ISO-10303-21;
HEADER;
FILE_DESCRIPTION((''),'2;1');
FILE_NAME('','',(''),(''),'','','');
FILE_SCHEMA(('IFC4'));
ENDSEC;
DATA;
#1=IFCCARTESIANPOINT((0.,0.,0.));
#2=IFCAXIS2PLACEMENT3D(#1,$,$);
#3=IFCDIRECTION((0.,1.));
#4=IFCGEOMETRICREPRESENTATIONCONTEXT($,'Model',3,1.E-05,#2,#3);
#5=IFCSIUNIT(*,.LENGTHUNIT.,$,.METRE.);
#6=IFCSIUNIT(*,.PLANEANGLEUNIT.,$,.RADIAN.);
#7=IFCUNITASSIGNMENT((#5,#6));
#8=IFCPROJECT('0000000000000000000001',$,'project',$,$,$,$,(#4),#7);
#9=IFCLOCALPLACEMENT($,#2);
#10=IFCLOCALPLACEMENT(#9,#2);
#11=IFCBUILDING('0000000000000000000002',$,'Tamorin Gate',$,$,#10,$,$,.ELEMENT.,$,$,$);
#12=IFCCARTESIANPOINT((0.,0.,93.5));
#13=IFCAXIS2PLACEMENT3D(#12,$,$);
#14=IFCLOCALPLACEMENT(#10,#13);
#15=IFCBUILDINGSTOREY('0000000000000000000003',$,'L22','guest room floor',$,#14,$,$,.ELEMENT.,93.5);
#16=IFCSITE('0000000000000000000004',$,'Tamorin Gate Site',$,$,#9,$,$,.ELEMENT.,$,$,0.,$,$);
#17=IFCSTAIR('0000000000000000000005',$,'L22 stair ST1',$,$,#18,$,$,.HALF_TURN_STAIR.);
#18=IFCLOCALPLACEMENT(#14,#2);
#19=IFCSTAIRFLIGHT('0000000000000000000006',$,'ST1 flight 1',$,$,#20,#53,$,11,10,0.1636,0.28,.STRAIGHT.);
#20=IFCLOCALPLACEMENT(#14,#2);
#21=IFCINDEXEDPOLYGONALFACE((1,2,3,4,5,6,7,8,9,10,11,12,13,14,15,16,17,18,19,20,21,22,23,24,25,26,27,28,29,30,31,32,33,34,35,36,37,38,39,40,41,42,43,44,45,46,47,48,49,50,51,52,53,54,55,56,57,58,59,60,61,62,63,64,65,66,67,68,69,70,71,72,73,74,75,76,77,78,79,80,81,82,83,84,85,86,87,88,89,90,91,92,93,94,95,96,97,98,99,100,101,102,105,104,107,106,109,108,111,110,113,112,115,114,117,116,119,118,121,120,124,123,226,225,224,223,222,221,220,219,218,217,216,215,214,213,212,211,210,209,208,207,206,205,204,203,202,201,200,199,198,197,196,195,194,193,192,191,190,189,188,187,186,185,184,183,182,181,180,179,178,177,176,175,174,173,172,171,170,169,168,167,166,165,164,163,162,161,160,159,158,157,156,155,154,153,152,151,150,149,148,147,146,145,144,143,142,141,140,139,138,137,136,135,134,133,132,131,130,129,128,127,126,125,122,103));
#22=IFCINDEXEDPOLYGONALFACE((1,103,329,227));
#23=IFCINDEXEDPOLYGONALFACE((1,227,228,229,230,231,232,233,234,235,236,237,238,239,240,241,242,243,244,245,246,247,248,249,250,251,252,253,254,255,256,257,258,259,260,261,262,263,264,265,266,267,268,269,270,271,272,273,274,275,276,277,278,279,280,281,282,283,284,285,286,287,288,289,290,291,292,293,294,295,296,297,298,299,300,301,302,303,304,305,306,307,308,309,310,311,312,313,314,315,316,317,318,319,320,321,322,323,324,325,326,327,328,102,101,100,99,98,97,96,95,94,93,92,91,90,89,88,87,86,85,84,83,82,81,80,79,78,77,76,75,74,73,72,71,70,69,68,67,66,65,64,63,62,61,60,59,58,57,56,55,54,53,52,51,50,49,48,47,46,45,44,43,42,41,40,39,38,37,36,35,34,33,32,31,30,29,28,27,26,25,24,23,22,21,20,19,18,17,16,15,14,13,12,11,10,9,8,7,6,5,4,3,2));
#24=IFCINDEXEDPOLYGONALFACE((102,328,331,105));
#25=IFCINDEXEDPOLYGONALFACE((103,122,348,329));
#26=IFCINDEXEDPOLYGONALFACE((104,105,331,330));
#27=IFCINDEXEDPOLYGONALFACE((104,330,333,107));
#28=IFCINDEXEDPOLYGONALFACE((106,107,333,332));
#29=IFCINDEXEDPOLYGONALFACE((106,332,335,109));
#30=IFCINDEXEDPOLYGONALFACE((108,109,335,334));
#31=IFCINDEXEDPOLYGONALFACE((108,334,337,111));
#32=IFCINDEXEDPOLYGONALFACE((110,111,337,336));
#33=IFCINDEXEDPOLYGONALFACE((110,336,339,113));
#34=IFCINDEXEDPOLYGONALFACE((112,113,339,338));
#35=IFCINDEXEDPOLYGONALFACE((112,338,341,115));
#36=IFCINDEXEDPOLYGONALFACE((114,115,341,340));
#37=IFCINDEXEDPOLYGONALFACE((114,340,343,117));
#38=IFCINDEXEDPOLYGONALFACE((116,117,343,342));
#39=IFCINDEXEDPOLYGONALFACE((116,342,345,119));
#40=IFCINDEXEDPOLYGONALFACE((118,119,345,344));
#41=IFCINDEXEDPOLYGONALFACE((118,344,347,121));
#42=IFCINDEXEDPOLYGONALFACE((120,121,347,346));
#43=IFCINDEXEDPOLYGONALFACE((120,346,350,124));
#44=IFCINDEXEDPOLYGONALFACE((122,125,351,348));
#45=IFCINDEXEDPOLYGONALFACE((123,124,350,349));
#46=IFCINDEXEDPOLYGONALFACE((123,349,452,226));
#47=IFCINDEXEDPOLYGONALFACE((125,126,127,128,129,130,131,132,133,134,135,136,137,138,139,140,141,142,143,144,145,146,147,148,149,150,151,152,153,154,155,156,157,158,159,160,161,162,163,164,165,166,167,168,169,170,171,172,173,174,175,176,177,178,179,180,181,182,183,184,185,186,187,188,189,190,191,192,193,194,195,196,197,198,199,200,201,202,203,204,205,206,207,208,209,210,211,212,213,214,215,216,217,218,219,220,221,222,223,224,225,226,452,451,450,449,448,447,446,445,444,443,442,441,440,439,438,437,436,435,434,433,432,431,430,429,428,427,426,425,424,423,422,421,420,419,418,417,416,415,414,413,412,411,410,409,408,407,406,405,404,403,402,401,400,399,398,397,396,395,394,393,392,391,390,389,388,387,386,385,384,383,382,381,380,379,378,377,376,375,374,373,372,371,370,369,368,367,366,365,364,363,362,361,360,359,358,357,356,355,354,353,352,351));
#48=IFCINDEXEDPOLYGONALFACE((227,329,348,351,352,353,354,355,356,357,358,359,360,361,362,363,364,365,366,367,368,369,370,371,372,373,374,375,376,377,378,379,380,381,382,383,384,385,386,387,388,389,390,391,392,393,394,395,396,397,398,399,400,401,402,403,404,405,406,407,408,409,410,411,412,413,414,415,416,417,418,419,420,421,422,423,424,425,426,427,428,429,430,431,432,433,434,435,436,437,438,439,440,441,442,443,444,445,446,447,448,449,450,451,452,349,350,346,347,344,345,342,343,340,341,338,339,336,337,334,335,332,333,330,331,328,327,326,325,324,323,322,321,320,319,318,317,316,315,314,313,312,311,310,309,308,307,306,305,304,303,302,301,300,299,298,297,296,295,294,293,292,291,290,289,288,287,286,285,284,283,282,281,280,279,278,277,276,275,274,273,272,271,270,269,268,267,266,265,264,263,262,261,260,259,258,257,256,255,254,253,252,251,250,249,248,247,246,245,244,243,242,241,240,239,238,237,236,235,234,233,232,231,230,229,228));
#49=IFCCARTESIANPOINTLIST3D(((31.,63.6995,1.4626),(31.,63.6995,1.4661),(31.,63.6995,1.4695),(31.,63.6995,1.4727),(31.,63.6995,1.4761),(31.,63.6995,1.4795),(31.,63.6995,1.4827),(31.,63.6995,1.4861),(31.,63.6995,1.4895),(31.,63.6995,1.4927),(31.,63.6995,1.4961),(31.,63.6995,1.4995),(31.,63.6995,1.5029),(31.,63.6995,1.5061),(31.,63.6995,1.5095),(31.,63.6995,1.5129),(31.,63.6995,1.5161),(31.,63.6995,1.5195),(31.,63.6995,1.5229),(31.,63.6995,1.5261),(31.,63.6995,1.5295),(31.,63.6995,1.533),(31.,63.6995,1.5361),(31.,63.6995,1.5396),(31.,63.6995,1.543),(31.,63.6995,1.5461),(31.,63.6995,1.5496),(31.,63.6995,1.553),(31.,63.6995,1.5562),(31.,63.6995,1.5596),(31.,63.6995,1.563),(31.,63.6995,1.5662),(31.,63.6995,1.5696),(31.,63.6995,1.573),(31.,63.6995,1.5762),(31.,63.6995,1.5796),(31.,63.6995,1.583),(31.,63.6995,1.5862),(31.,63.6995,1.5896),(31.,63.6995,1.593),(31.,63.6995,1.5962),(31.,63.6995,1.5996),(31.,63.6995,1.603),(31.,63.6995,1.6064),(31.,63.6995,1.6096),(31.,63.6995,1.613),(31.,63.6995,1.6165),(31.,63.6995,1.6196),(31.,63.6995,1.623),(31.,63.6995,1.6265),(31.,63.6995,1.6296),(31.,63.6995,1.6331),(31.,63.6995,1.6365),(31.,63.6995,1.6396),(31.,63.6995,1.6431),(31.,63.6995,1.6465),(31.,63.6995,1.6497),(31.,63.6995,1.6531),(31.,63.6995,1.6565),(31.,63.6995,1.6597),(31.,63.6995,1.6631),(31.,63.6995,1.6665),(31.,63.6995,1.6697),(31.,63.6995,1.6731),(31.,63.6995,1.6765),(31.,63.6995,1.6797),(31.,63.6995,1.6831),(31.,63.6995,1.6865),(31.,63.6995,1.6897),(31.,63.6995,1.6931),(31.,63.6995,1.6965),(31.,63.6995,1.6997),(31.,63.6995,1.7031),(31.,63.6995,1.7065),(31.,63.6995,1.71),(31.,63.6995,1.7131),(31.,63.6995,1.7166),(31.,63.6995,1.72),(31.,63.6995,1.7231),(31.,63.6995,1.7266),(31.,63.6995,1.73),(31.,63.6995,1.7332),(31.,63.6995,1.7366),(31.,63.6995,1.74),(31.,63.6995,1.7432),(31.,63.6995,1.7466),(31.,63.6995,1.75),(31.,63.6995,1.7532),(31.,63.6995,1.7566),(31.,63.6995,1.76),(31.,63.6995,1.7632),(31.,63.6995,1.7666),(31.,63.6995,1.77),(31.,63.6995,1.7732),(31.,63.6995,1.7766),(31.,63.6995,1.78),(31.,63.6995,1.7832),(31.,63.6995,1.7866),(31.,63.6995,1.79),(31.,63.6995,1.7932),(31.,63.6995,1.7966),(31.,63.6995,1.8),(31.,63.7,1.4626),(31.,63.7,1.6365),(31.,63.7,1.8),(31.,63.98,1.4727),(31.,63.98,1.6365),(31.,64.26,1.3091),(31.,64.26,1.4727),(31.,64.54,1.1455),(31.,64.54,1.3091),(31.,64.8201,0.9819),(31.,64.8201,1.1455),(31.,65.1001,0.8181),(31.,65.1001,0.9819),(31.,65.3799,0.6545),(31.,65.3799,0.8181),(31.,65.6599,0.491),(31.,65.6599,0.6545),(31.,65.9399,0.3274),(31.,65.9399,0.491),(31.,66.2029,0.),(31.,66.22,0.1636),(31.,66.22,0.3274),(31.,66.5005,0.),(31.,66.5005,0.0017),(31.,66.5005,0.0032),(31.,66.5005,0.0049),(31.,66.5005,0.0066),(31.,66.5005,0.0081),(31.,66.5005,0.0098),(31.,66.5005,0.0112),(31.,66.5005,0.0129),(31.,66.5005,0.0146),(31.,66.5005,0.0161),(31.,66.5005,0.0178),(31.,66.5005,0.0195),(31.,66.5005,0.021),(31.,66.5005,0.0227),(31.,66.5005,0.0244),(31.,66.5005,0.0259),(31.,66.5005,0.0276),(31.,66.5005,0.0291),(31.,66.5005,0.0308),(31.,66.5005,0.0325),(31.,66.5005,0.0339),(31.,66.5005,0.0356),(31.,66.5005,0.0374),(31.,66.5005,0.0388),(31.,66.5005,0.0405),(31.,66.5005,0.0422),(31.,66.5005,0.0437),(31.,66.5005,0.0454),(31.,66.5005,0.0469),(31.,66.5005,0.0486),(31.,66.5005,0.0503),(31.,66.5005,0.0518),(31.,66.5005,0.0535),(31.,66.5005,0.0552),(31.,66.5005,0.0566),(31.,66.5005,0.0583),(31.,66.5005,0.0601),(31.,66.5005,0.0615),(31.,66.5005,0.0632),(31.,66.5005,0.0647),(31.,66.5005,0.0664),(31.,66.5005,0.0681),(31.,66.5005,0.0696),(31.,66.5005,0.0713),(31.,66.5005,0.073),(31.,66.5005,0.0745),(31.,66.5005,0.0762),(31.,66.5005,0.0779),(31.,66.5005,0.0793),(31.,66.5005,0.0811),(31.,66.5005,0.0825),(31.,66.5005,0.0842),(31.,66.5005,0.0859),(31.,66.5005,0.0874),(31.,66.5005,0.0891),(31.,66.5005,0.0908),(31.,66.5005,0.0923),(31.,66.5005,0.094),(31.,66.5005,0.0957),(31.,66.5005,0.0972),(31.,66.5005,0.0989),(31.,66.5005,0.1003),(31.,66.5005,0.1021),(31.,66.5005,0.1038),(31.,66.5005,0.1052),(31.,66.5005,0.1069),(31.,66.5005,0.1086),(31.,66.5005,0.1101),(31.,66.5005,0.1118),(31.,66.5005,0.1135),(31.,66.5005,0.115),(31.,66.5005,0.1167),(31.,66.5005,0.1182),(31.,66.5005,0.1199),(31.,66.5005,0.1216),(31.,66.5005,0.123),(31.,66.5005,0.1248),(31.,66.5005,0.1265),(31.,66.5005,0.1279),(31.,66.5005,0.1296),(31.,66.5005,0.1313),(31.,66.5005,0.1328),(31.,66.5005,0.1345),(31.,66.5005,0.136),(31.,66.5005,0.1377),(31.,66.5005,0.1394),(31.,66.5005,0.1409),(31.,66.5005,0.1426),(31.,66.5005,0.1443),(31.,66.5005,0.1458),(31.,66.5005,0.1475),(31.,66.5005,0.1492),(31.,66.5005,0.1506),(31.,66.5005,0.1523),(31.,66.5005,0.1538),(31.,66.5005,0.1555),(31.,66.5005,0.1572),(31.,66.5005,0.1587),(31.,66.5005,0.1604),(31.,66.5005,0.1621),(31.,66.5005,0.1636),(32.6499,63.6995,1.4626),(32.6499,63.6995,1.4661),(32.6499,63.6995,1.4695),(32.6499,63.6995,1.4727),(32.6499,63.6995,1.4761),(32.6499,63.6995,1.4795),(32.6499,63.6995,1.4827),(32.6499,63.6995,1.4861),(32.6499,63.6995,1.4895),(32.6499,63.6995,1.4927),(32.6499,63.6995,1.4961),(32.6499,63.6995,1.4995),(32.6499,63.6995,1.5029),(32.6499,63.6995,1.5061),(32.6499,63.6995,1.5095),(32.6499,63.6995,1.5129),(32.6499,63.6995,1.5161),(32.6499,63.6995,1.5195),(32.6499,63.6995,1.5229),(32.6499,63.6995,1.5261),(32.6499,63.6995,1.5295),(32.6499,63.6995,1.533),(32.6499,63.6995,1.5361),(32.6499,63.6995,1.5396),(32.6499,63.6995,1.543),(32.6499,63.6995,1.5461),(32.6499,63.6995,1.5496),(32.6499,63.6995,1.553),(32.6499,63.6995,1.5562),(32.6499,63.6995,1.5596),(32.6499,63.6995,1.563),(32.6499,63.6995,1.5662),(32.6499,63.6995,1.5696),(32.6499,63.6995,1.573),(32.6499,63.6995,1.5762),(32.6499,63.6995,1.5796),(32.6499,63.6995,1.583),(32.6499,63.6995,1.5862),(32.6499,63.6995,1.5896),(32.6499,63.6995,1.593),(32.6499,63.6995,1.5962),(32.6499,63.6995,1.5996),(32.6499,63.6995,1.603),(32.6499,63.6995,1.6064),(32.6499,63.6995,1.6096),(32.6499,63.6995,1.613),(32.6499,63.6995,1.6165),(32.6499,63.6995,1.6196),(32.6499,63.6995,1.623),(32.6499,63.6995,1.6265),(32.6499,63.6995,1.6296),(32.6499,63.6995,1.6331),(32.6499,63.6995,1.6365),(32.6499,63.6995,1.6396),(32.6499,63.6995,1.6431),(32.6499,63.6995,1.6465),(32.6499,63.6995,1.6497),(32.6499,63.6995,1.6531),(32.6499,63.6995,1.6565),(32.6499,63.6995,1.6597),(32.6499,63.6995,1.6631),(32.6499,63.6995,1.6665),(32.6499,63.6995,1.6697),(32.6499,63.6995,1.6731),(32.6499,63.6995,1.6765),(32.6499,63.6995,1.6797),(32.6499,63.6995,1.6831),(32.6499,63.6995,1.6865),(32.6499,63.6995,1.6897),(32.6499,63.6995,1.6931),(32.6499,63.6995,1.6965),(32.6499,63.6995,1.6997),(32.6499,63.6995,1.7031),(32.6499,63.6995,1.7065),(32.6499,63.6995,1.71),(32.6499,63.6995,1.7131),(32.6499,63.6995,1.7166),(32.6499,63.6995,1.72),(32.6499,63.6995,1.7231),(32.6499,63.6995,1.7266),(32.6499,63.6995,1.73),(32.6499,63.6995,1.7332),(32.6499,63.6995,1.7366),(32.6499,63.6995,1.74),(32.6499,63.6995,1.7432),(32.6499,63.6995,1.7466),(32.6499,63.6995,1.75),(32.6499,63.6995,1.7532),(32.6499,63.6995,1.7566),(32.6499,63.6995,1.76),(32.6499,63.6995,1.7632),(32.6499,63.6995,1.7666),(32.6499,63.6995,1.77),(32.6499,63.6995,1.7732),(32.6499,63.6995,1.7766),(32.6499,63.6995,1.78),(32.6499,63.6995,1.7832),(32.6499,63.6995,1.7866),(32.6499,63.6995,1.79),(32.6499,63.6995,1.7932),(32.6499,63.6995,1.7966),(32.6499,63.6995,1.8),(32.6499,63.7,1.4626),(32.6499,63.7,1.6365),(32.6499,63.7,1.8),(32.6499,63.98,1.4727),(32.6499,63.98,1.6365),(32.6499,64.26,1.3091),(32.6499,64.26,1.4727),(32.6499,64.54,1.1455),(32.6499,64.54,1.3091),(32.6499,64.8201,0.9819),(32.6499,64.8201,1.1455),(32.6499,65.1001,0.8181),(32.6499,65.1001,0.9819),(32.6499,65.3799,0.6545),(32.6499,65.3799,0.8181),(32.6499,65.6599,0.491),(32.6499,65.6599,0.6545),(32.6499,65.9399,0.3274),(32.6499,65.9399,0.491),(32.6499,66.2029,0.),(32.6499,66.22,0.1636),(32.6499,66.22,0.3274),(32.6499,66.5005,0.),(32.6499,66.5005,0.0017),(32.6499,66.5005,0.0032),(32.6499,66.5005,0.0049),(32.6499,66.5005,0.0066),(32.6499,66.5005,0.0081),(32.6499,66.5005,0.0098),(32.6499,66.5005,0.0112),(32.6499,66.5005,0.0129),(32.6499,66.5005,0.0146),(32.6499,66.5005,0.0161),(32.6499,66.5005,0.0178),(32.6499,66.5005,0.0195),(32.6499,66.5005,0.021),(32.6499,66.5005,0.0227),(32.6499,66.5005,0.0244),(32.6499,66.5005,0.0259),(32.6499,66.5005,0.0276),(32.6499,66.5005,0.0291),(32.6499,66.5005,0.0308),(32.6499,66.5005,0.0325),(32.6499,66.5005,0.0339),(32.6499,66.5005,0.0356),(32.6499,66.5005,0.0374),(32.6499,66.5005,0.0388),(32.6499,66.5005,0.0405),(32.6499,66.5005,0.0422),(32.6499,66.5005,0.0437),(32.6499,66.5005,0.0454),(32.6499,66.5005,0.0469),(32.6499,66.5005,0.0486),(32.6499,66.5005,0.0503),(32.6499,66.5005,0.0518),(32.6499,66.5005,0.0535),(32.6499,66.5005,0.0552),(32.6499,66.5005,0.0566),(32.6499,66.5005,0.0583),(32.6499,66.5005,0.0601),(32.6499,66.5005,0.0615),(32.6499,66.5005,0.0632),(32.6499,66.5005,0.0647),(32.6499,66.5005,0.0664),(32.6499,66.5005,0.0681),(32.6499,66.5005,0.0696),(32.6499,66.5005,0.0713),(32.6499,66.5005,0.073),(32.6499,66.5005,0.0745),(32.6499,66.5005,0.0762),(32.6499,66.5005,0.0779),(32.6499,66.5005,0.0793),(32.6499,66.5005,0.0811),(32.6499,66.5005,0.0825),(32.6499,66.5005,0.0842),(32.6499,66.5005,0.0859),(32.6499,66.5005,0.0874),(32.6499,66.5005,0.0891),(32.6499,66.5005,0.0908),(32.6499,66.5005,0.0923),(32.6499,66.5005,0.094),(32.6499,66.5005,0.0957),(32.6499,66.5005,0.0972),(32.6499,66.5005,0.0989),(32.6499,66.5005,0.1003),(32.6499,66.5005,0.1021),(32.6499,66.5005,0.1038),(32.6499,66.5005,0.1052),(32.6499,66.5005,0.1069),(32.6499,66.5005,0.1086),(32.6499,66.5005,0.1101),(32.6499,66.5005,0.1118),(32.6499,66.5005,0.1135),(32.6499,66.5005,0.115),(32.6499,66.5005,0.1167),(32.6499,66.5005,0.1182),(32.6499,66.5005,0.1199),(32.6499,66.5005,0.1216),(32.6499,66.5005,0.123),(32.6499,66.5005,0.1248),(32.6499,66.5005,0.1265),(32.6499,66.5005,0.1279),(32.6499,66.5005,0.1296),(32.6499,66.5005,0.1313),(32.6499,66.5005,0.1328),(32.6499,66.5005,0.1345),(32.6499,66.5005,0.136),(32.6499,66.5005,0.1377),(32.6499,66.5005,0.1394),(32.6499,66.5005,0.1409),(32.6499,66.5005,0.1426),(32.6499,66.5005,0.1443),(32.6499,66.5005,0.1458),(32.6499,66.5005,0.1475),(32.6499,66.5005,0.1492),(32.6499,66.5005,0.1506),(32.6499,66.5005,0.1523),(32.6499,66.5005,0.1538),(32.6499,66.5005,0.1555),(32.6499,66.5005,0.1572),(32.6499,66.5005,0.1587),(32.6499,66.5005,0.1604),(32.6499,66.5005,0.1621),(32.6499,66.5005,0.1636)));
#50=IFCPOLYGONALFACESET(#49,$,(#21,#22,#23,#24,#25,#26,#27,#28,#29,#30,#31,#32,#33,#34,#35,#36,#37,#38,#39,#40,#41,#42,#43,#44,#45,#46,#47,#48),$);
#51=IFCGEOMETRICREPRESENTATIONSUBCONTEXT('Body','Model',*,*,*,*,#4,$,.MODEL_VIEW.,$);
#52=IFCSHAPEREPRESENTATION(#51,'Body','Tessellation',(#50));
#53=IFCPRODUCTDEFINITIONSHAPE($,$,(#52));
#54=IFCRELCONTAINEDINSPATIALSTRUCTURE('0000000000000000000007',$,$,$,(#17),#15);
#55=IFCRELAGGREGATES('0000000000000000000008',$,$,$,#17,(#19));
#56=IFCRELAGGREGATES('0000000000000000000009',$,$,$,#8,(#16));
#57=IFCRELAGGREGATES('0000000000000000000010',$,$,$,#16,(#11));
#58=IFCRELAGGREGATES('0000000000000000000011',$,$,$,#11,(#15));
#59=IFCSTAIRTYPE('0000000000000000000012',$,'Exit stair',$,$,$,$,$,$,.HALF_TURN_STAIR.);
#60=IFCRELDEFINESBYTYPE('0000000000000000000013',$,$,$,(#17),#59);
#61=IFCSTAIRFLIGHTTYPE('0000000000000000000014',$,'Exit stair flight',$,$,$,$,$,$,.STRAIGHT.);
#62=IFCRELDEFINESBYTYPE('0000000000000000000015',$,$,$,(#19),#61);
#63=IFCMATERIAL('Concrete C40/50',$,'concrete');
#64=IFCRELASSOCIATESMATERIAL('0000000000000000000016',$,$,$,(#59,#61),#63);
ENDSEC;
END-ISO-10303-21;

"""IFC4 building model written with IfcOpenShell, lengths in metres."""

from ifc_helpers import new_model, si_unit, direction, frame, origin, place, context, subcontext, project, spatial, polyline, outline, extrude, material, type_object, element, aggregate, save


model = new_model("IFC4")

# Units and contexts
model_context = context("Model", 3, precision=1e-05, world=origin(), true_north=direction((0.0, 1.0)))
body_context = subcontext(model_context, "Body", "Model", "MODEL_VIEW")
ifc_project = project(units=[si_unit("LENGTHUNIT", "METRE"), si_unit("PLANEANGLEUNIT", "RADIAN")], contexts=[model_context])

# Site, building, storey
site_placement = place(None, origin())
site = spatial("IfcSite", under=ifc_project, at=site_placement, Name="Tamorin Gate Site", CompositionType="ELEMENT", RefElevation=0.0)
building_placement = place(site_placement, origin())
building = spatial("IfcBuilding", under=site, at=building_placement, Name="Tamorin Gate", CompositionType="ELEMENT")
storey_placement = place(building_placement, frame((0.0, 0.0, 93.5)))
storey = spatial("IfcBuildingStorey", under=building, at=storey_placement, Name="L22", Description="guest room floor", CompositionType="ELEMENT", Elevation=93.5)

# Shared definitions
ifc_material_1 = material(Name="Concrete C40/50", Category="concrete")

# Stair, stair flight
stair_type = type_object("IfcStairType", Name="Exit stair", PredefinedType="HALF_TURN_STAIR", material=ifc_material_1)
stair_placement = place(storey_placement, origin())
stair = element("IfcStair", 1, at=stair_placement, inside=storey, type_object=stair_type, Name="L22 stair ST1", PredefinedType="HALF_TURN_STAIR")
stair_flight_type = type_object("IfcStairFlightType", Name="Exit stair flight", PredefinedType="STRAIGHT", material=ifc_material_1)
stair_flight_1_placement = place(storey_placement, frame((31.825, 66.5, 0.0), z_axis=(0.0, 0.0, 1.0), x_axis=(0.0, -1.0, 0.0)))
stair_flight_1 = element("IfcStairFlight", 2, at=stair_flight_1_placement, type_object=stair_flight_type, Name="ST1 flight 1", NumberOfRisers=11, NumberOfTreads=10, PredefinedType="STRAIGHT", RiserHeight=0.1636, TreadLength=0.28, context=body_context, shape_type="SweptSolid", body=[
    extrude(outline(polyline([(-0.0005, 0.0), (-0.0005, 0.0017), (-0.0005, 0.0032), (-0.0005, 0.0049), (-0.0005, 0.0066), (-0.0005, 0.0081), (-0.0005, 0.0098), (-0.0005, 0.0112), (-0.0005, 0.0129), (-0.0005, 0.0146), (-0.0005, 0.0161), (-0.0005, 0.0178), (-0.0005, 0.0195), (-0.0005, 0.021), (-0.0005, 0.0227), (-0.0005, 0.0244), (-0.0005, 0.0259), (-0.0005, 0.0276), (-0.0005, 0.0291), (-0.0005, 0.0308), (-0.0005, 0.0325), (-0.0005, 0.0339), (-0.0005, 0.0356), (-0.0005, 0.0374), (-0.0005, 0.0388), (-0.0005, 0.0405), (-0.0005, 0.0422), (-0.0005, 0.0437), (-0.0005, 0.0454), (-0.0005, 0.0469), (-0.0005, 0.0486), (-0.0005, 0.0503), (-0.0005, 0.0518), (-0.0005, 0.0535), (-0.0005, 0.0552), (-0.0005, 0.0566), (-0.0005, 0.0583), (-0.0005, 0.0601), (-0.0005, 0.0615), (-0.0005, 0.0632), (-0.0005, 0.0647), (-0.0005, 0.0664), (-0.0005, 0.0681), (-0.0005, 0.0696), (-0.0005, 0.0713), (-0.0005, 0.073), (-0.0005, 0.0745), (-0.0005, 0.0762), (-0.0005, 0.0779), (-0.0005, 0.0793), (-0.0005, 0.0811), (-0.0005, 0.0825), (-0.0005, 0.0842), (-0.0005, 0.0859), (-0.0005, 0.0874), (-0.0005, 0.0891), (-0.0005, 0.0908), (-0.0005, 0.0923), (-0.0005, 0.094), (-0.0005, 0.0957), (-0.0005, 0.0972), (-0.0005, 0.0989), (-0.0005, 0.1003), (-0.0005, 0.1021), (-0.0005, 0.1038), (-0.0005, 0.1052), (-0.0005, 0.1069), (-0.0005, 0.1086), (-0.0005, 0.1101), (-0.0005, 0.1118), (-0.0005, 0.1135), (-0.0005, 0.115), (-0.0005, 0.1167), (-0.0005, 0.1182), (-0.0005, 0.1199), (-0.0005, 0.1216), (-0.0005, 0.123), (-0.0005, 0.1248), (-0.0005, 0.1265), (-0.0005, 0.1279), (-0.0005, 0.1296), (-0.0005, 0.1313), (-0.0005, 0.1328), (-0.0005, 0.1345), (-0.0005, 0.136), (-0.0005, 0.1377), (-0.0005, 0.1394), (-0.0005, 0.1409), (-0.0005, 0.1426), (-0.0005, 0.1443), (-0.0005, 0.1458), (-0.0005, 0.1475), (-0.0005, 0.1492), (-0.0005, 0.1506), (-0.0005, 0.1523), (-0.0005, 0.1538), (-0.0005, 0.1555), (-0.0005, 0.1572), (-0.0005, 0.1587), (-0.0005, 0.1604), (-0.0005, 0.1621), (-0.0005, 0.1636), (0.28, 0.1636), (0.28, 0.3274), (0.5601, 0.3274), (0.5601, 0.491), (0.8401, 0.491), (0.8401, 0.6545), (1.1201, 0.6545), (1.1201, 0.8181), (1.3999, 0.8181), (1.3999, 0.9819), (1.6799, 0.9819), (1.6799, 1.1455), (1.96, 1.1455), (1.96, 1.3091), (2.24, 1.3091), (2.24, 1.4727), (2.52, 1.4727), (2.52, 1.6365), (2.8, 1.6365), (2.8, 1.8), (2.8005, 1.8), (2.8005, 1.7966), (2.8005, 1.7932), (2.8005, 1.79), (2.8005, 1.7866), (2.8005, 1.7832), (2.8005, 1.78), (2.8005, 1.7766), (2.8005, 1.7732), (2.8005, 1.77), (2.8005, 1.7666), (2.8005, 1.7632), (2.8005, 1.76), (2.8005, 1.7566), (2.8005, 1.7532), (2.8005, 1.75), (2.8005, 1.7466), (2.8005, 1.7432), (2.8005, 1.74), (2.8005, 1.7366), (2.8005, 1.7332), (2.8005, 1.73), (2.8005, 1.7266), (2.8005, 1.7231), (2.8005, 1.72), (2.8005, 1.7166), (2.8005, 1.7131), (2.8005, 1.71), (2.8005, 1.7065), (2.8005, 1.7031), (2.8005, 1.6997), (2.8005, 1.6965), (2.8005, 1.6931), (2.8005, 1.6897), (2.8005, 1.6865), (2.8005, 1.6831), (2.8005, 1.6797), (2.8005, 1.6765), (2.8005, 1.6731), (2.8005, 1.6697), (2.8005, 1.6665), (2.8005, 1.6631), (2.8005, 1.6597), (2.8005, 1.6565), (2.8005, 1.6531), (2.8005, 1.6497), (2.8005, 1.6465), (2.8005, 1.6431), (2.8005, 1.6396), (2.8005, 1.6365), (2.8005, 1.6331), (2.8005, 1.6296), (2.8005, 1.6265), (2.8005, 1.623), (2.8005, 1.6196), (2.8005, 1.6165), (2.8005, 1.613), (2.8005, 1.6096), (2.8005, 1.6064), (2.8005, 1.603), (2.8005, 1.5996), (2.8005, 1.5962), (2.8005, 1.593), (2.8005, 1.5896), (2.8005, 1.5862), (2.8005, 1.583), (2.8005, 1.5796), (2.8005, 1.5762), (2.8005, 1.573), (2.8005, 1.5696), (2.8005, 1.5662), (2.8005, 1.563), (2.8005, 1.5596), (2.8005, 1.5562), (2.8005, 1.553), (2.8005, 1.5496), (2.8005, 1.5461), (2.8005, 1.543), (2.8005, 1.5396), (2.8005, 1.5361), (2.8005, 1.533), (2.8005, 1.5295), (2.8005, 1.5261), (2.8005, 1.5229), (2.8005, 1.5195), (2.8005, 1.5161), (2.8005, 1.5129), (2.8005, 1.5095), (2.8005, 1.5061), (2.8005, 1.5029), (2.8005, 1.4995), (2.8005, 1.4961), (2.8005, 1.4927), (2.8005, 1.4895), (2.8005, 1.4861), (2.8005, 1.4827), (2.8005, 1.4795), (2.8005, 1.4761), (2.8005, 1.4727), (2.8005, 1.4695), (2.8005, 1.4661), (2.8005, 1.4626), (2.8, 1.4626), (0.2971, 0.0), (-0.0005, 0.0)])), frame((0.0, 0.825, 0.0), z_axis=(0.0, -1.0, 0.0), x_axis=(1.0, 0.0, 0.0)), (0.0, 0.0, 1.0), 1.6499),
])
aggregate(stair, [stair_flight_1])

save(model, "model.ifc")
